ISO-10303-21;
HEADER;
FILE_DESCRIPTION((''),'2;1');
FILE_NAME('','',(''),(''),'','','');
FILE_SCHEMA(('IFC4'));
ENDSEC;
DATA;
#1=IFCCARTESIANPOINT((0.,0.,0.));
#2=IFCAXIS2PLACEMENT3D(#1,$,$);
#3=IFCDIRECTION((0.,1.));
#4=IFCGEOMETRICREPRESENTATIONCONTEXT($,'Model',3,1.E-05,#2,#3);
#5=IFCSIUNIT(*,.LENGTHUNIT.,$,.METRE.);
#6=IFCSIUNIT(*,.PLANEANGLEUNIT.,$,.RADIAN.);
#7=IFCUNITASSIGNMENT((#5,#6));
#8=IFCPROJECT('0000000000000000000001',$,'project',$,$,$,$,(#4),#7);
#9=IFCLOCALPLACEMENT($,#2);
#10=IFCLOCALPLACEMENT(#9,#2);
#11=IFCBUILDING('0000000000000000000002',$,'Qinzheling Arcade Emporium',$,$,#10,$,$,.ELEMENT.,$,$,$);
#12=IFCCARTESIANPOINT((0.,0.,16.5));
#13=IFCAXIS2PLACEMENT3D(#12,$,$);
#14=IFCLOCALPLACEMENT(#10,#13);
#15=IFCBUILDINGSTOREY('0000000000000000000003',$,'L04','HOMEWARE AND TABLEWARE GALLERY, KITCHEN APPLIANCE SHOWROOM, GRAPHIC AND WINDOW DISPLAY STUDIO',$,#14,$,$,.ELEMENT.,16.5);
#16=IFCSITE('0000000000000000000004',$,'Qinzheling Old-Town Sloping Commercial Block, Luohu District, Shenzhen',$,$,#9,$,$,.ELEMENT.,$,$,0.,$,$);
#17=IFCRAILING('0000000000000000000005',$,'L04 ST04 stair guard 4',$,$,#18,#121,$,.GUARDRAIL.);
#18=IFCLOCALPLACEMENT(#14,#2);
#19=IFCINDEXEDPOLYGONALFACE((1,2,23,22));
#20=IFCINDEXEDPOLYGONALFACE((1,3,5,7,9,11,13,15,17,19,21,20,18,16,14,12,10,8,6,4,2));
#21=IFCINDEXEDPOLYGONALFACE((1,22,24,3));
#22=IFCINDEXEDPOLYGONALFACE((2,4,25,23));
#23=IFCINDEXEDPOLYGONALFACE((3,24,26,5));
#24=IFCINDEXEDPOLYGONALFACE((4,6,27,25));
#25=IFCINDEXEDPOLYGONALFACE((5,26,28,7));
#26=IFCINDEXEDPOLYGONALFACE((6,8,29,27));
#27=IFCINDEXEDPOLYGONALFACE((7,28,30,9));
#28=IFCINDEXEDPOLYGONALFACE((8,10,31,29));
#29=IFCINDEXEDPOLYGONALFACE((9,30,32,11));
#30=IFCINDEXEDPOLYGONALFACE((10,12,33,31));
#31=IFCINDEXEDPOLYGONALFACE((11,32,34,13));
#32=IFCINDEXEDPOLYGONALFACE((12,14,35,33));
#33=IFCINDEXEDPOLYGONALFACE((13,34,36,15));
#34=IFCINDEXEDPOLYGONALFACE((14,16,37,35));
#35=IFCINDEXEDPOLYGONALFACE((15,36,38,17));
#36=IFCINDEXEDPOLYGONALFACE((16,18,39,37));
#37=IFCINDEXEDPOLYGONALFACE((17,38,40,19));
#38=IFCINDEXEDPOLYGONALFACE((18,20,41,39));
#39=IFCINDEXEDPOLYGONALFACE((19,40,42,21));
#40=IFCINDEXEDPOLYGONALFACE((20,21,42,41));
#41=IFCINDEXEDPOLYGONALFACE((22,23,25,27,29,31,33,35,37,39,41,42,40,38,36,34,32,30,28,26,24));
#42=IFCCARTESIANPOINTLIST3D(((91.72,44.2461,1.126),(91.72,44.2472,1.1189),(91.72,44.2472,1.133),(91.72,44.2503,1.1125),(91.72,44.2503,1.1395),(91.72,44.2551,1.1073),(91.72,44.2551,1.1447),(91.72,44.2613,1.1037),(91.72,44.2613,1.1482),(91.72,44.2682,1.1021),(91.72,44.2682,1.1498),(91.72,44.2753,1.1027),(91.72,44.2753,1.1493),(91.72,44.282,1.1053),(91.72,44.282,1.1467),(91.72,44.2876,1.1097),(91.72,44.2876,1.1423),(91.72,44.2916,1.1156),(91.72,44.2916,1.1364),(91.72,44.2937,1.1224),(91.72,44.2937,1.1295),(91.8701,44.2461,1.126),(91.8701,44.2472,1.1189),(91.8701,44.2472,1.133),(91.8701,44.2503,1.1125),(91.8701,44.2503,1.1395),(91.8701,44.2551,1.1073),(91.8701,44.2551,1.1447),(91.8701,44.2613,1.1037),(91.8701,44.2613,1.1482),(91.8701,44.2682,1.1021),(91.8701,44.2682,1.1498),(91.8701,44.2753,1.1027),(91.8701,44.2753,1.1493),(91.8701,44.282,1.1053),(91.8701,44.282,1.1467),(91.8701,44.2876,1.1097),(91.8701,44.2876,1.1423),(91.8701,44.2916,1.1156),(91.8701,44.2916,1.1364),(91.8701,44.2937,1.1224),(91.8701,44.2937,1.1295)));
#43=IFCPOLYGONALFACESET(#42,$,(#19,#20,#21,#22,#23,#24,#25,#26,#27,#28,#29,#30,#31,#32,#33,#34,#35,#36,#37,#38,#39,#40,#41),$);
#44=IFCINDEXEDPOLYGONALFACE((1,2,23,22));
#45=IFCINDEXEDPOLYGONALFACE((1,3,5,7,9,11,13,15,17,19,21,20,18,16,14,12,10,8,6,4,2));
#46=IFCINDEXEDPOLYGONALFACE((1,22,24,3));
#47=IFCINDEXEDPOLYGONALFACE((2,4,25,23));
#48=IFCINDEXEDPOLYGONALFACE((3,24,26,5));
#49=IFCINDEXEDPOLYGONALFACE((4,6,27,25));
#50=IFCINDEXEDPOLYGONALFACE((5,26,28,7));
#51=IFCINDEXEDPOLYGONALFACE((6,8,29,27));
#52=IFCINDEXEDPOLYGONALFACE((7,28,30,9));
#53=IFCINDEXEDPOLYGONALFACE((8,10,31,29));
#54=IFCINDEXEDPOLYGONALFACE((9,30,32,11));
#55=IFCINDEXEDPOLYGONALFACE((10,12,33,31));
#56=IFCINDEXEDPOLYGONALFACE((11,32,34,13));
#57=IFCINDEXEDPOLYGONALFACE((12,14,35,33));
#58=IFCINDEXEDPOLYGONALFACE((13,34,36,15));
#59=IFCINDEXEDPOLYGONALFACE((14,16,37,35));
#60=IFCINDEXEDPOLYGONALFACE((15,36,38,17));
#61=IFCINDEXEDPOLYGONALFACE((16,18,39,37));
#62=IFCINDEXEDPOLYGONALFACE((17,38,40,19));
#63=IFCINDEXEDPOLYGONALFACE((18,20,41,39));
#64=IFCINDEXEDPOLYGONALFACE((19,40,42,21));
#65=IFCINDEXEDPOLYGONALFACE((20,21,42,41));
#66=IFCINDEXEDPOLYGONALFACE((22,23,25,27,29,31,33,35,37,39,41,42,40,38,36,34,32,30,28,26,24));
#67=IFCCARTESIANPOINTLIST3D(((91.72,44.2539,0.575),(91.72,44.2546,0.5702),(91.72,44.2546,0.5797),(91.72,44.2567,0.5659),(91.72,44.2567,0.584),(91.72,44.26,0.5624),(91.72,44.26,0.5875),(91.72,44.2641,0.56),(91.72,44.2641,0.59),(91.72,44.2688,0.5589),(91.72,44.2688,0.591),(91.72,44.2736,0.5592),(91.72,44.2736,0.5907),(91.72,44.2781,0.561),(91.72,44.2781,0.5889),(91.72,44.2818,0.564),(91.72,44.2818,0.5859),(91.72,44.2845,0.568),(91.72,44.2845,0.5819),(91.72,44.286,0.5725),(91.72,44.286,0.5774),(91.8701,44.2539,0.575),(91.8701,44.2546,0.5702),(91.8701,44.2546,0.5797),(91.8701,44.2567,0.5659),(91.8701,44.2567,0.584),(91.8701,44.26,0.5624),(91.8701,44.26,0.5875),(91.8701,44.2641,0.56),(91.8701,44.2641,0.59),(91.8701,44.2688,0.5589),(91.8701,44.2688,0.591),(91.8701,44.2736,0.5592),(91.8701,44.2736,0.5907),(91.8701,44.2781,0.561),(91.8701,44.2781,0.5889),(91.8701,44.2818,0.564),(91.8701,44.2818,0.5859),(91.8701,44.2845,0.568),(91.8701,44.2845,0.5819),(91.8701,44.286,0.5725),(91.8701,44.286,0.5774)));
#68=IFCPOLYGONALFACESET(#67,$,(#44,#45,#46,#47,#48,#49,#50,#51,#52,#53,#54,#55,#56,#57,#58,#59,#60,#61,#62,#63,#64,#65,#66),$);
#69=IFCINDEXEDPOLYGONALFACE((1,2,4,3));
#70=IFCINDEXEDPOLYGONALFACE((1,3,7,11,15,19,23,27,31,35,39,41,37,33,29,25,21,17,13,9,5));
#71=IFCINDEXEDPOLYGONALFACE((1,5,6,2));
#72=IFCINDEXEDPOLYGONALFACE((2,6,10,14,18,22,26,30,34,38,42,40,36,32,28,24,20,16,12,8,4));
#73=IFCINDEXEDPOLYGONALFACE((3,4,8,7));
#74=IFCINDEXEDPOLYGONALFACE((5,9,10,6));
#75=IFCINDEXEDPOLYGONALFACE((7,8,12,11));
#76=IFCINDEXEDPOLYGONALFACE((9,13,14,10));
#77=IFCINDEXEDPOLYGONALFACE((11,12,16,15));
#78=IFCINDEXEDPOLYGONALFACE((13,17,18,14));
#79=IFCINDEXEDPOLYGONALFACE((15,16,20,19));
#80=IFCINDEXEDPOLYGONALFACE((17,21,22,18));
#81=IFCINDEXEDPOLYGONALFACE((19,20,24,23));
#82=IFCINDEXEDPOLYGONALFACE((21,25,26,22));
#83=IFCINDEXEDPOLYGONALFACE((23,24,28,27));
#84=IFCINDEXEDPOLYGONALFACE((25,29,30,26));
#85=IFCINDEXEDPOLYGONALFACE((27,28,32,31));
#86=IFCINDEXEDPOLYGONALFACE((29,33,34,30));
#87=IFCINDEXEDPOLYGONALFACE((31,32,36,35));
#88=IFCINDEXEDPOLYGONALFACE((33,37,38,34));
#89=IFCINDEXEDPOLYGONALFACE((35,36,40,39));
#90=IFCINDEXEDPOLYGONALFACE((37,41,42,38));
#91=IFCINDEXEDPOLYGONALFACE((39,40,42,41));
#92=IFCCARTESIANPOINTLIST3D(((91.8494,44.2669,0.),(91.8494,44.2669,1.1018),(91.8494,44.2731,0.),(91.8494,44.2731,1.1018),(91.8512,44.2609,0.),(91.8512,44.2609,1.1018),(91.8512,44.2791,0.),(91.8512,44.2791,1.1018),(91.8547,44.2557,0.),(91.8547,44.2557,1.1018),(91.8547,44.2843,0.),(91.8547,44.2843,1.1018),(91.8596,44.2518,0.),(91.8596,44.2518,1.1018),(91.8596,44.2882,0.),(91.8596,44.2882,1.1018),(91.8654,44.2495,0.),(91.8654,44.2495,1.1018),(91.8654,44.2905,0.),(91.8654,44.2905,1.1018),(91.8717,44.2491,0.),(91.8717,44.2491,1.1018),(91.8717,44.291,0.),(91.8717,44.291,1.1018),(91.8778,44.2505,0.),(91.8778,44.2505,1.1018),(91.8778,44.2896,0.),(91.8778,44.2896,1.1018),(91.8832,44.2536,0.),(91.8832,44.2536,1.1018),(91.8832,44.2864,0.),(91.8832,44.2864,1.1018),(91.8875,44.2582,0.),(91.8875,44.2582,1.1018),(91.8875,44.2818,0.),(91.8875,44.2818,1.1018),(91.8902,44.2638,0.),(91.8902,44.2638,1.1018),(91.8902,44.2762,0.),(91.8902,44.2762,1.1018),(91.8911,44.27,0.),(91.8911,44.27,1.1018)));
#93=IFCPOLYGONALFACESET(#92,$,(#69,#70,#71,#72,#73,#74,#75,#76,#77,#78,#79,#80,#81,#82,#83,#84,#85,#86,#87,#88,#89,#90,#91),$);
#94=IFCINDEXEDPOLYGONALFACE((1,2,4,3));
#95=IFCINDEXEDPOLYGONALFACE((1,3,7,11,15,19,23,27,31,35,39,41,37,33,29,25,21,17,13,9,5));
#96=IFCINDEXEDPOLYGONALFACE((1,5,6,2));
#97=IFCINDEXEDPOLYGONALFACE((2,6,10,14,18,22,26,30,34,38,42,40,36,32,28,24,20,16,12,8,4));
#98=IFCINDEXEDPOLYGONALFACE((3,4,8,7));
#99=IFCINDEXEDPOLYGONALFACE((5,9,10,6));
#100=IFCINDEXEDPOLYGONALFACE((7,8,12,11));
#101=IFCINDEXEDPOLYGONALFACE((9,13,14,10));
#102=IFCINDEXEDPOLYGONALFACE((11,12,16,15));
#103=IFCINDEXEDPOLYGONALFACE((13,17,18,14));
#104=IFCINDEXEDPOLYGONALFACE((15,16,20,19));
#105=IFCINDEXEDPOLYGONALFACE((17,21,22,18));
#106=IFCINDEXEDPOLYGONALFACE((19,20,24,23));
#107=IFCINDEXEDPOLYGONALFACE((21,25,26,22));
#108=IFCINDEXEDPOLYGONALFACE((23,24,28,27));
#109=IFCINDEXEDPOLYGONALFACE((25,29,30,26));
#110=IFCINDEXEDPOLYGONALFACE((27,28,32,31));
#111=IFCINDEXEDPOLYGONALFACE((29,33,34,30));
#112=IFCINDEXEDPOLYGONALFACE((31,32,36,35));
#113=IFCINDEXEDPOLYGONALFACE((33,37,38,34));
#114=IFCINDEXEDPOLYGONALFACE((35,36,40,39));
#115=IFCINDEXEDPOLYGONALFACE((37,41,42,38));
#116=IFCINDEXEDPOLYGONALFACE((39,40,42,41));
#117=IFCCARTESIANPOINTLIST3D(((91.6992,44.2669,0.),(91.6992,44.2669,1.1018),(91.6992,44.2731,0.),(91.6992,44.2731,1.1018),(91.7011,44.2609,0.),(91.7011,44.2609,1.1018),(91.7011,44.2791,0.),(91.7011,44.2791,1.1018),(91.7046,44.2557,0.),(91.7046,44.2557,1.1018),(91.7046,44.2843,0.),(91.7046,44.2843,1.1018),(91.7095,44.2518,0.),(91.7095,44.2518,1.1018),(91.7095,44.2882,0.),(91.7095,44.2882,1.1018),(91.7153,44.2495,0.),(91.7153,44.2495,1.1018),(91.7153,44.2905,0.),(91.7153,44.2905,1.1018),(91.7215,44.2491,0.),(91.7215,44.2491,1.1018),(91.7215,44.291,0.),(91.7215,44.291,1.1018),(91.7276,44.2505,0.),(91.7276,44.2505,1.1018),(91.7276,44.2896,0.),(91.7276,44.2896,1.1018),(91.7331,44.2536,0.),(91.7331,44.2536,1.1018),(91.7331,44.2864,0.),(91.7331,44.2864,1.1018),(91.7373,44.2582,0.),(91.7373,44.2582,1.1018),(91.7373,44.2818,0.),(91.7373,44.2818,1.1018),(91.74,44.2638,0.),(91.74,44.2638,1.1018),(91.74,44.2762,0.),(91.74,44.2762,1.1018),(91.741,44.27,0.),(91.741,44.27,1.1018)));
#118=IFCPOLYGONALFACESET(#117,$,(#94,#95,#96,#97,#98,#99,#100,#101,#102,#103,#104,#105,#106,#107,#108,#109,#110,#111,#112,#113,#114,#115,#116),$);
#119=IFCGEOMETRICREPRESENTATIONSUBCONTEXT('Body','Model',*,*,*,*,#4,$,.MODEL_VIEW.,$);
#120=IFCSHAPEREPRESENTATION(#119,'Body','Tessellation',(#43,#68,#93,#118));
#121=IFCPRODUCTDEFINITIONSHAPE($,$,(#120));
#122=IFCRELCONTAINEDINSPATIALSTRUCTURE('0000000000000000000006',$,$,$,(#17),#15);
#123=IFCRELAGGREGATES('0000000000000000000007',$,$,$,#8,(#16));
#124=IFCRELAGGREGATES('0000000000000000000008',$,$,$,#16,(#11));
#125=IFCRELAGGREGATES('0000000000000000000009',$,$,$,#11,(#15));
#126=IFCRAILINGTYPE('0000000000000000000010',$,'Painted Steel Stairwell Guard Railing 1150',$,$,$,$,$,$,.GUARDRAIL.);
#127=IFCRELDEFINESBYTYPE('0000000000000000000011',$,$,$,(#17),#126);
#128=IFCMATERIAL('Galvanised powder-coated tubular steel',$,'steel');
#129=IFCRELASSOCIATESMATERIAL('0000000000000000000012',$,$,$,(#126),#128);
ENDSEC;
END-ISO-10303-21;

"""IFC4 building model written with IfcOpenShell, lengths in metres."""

from ifc_helpers import new_model, si_unit, direction, frame, origin, origin_2d, place, context, subcontext, project, spatial, circle, extrude, material, type_object, element, save


model = new_model("IFC4")

# Units and contexts
model_context = context("Model", 3, precision=1e-05, world=origin(), true_north=direction((0.0, 1.0)))
body_context = subcontext(model_context, "Body", "Model", "MODEL_VIEW")
ifc_project = project(units=[si_unit("LENGTHUNIT", "METRE"), si_unit("PLANEANGLEUNIT", "RADIAN")], contexts=[model_context])

# Site, building, storey
site_placement = place(None, origin())
site = spatial("IfcSite", under=ifc_project, at=site_placement, Name="Qinzheling Old-Town Sloping Commercial Block, Luohu District, Shenzhen", CompositionType="ELEMENT", RefElevation=0.0)
building_placement = place(site_placement, origin())
building = spatial("IfcBuilding", under=site, at=building_placement, Name="Qinzheling Arcade Emporium", CompositionType="ELEMENT")
storey_placement = place(building_placement, frame((0.0, 0.0, 16.5)))
storey = spatial("IfcBuildingStorey", under=building, at=storey_placement, Name="L04", Description="HOMEWARE AND TABLEWARE GALLERY, KITCHEN APPLIANCE SHOWROOM, GRAPHIC AND WINDOW DISPLAY STUDIO", CompositionType="ELEMENT", Elevation=16.5)

# Railing
ifc_material_1 = material(Name="Galvanised powder-coated tubular steel", Category="steel")
railing_type_1 = type_object("IfcRailingType", Name="Painted Steel Stairwell Guard Railing 1150", PredefinedType="GUARDRAIL", material=ifc_material_1)
railing_1_placement = place(storey_placement, frame((91.8701, 44.27, 0.0)))
element("IfcRailing", 1, at=railing_1_placement, inside=storey, type_object=railing_type_1, Name="L04 ST04 stair guard 4", PredefinedType="GUARDRAIL", context=body_context, shape_type="SweptSolid", body=[
    extrude(circle(Radius=0.0239, at=origin_2d()), frame((0.0, 0.0, 1.126), z_axis=(-1.0, 0.0, 0.0), x_axis=(0.0, -1.0, 0.0)), (0.0, 0.0, 1.0), 0.1501),
    extrude(circle(Radius=0.0161, at=origin_2d()), frame((0.0, 0.0, 0.575), z_axis=(-1.0, 0.0, 0.0), x_axis=(0.0, -1.0, 0.0)), (0.0, 0.0, 1.0), 0.1501),
    extrude(circle(Radius=0.021, at=origin_2d()), origin(), (0.0, 0.0, 1.0), 1.1018),
    extrude(circle(Radius=0.021, at=origin_2d()), frame((-0.1501, 0.0, 0.0)), (0.0, 0.0, 1.0), 1.1018),
])

save(model, "model.ifc")
